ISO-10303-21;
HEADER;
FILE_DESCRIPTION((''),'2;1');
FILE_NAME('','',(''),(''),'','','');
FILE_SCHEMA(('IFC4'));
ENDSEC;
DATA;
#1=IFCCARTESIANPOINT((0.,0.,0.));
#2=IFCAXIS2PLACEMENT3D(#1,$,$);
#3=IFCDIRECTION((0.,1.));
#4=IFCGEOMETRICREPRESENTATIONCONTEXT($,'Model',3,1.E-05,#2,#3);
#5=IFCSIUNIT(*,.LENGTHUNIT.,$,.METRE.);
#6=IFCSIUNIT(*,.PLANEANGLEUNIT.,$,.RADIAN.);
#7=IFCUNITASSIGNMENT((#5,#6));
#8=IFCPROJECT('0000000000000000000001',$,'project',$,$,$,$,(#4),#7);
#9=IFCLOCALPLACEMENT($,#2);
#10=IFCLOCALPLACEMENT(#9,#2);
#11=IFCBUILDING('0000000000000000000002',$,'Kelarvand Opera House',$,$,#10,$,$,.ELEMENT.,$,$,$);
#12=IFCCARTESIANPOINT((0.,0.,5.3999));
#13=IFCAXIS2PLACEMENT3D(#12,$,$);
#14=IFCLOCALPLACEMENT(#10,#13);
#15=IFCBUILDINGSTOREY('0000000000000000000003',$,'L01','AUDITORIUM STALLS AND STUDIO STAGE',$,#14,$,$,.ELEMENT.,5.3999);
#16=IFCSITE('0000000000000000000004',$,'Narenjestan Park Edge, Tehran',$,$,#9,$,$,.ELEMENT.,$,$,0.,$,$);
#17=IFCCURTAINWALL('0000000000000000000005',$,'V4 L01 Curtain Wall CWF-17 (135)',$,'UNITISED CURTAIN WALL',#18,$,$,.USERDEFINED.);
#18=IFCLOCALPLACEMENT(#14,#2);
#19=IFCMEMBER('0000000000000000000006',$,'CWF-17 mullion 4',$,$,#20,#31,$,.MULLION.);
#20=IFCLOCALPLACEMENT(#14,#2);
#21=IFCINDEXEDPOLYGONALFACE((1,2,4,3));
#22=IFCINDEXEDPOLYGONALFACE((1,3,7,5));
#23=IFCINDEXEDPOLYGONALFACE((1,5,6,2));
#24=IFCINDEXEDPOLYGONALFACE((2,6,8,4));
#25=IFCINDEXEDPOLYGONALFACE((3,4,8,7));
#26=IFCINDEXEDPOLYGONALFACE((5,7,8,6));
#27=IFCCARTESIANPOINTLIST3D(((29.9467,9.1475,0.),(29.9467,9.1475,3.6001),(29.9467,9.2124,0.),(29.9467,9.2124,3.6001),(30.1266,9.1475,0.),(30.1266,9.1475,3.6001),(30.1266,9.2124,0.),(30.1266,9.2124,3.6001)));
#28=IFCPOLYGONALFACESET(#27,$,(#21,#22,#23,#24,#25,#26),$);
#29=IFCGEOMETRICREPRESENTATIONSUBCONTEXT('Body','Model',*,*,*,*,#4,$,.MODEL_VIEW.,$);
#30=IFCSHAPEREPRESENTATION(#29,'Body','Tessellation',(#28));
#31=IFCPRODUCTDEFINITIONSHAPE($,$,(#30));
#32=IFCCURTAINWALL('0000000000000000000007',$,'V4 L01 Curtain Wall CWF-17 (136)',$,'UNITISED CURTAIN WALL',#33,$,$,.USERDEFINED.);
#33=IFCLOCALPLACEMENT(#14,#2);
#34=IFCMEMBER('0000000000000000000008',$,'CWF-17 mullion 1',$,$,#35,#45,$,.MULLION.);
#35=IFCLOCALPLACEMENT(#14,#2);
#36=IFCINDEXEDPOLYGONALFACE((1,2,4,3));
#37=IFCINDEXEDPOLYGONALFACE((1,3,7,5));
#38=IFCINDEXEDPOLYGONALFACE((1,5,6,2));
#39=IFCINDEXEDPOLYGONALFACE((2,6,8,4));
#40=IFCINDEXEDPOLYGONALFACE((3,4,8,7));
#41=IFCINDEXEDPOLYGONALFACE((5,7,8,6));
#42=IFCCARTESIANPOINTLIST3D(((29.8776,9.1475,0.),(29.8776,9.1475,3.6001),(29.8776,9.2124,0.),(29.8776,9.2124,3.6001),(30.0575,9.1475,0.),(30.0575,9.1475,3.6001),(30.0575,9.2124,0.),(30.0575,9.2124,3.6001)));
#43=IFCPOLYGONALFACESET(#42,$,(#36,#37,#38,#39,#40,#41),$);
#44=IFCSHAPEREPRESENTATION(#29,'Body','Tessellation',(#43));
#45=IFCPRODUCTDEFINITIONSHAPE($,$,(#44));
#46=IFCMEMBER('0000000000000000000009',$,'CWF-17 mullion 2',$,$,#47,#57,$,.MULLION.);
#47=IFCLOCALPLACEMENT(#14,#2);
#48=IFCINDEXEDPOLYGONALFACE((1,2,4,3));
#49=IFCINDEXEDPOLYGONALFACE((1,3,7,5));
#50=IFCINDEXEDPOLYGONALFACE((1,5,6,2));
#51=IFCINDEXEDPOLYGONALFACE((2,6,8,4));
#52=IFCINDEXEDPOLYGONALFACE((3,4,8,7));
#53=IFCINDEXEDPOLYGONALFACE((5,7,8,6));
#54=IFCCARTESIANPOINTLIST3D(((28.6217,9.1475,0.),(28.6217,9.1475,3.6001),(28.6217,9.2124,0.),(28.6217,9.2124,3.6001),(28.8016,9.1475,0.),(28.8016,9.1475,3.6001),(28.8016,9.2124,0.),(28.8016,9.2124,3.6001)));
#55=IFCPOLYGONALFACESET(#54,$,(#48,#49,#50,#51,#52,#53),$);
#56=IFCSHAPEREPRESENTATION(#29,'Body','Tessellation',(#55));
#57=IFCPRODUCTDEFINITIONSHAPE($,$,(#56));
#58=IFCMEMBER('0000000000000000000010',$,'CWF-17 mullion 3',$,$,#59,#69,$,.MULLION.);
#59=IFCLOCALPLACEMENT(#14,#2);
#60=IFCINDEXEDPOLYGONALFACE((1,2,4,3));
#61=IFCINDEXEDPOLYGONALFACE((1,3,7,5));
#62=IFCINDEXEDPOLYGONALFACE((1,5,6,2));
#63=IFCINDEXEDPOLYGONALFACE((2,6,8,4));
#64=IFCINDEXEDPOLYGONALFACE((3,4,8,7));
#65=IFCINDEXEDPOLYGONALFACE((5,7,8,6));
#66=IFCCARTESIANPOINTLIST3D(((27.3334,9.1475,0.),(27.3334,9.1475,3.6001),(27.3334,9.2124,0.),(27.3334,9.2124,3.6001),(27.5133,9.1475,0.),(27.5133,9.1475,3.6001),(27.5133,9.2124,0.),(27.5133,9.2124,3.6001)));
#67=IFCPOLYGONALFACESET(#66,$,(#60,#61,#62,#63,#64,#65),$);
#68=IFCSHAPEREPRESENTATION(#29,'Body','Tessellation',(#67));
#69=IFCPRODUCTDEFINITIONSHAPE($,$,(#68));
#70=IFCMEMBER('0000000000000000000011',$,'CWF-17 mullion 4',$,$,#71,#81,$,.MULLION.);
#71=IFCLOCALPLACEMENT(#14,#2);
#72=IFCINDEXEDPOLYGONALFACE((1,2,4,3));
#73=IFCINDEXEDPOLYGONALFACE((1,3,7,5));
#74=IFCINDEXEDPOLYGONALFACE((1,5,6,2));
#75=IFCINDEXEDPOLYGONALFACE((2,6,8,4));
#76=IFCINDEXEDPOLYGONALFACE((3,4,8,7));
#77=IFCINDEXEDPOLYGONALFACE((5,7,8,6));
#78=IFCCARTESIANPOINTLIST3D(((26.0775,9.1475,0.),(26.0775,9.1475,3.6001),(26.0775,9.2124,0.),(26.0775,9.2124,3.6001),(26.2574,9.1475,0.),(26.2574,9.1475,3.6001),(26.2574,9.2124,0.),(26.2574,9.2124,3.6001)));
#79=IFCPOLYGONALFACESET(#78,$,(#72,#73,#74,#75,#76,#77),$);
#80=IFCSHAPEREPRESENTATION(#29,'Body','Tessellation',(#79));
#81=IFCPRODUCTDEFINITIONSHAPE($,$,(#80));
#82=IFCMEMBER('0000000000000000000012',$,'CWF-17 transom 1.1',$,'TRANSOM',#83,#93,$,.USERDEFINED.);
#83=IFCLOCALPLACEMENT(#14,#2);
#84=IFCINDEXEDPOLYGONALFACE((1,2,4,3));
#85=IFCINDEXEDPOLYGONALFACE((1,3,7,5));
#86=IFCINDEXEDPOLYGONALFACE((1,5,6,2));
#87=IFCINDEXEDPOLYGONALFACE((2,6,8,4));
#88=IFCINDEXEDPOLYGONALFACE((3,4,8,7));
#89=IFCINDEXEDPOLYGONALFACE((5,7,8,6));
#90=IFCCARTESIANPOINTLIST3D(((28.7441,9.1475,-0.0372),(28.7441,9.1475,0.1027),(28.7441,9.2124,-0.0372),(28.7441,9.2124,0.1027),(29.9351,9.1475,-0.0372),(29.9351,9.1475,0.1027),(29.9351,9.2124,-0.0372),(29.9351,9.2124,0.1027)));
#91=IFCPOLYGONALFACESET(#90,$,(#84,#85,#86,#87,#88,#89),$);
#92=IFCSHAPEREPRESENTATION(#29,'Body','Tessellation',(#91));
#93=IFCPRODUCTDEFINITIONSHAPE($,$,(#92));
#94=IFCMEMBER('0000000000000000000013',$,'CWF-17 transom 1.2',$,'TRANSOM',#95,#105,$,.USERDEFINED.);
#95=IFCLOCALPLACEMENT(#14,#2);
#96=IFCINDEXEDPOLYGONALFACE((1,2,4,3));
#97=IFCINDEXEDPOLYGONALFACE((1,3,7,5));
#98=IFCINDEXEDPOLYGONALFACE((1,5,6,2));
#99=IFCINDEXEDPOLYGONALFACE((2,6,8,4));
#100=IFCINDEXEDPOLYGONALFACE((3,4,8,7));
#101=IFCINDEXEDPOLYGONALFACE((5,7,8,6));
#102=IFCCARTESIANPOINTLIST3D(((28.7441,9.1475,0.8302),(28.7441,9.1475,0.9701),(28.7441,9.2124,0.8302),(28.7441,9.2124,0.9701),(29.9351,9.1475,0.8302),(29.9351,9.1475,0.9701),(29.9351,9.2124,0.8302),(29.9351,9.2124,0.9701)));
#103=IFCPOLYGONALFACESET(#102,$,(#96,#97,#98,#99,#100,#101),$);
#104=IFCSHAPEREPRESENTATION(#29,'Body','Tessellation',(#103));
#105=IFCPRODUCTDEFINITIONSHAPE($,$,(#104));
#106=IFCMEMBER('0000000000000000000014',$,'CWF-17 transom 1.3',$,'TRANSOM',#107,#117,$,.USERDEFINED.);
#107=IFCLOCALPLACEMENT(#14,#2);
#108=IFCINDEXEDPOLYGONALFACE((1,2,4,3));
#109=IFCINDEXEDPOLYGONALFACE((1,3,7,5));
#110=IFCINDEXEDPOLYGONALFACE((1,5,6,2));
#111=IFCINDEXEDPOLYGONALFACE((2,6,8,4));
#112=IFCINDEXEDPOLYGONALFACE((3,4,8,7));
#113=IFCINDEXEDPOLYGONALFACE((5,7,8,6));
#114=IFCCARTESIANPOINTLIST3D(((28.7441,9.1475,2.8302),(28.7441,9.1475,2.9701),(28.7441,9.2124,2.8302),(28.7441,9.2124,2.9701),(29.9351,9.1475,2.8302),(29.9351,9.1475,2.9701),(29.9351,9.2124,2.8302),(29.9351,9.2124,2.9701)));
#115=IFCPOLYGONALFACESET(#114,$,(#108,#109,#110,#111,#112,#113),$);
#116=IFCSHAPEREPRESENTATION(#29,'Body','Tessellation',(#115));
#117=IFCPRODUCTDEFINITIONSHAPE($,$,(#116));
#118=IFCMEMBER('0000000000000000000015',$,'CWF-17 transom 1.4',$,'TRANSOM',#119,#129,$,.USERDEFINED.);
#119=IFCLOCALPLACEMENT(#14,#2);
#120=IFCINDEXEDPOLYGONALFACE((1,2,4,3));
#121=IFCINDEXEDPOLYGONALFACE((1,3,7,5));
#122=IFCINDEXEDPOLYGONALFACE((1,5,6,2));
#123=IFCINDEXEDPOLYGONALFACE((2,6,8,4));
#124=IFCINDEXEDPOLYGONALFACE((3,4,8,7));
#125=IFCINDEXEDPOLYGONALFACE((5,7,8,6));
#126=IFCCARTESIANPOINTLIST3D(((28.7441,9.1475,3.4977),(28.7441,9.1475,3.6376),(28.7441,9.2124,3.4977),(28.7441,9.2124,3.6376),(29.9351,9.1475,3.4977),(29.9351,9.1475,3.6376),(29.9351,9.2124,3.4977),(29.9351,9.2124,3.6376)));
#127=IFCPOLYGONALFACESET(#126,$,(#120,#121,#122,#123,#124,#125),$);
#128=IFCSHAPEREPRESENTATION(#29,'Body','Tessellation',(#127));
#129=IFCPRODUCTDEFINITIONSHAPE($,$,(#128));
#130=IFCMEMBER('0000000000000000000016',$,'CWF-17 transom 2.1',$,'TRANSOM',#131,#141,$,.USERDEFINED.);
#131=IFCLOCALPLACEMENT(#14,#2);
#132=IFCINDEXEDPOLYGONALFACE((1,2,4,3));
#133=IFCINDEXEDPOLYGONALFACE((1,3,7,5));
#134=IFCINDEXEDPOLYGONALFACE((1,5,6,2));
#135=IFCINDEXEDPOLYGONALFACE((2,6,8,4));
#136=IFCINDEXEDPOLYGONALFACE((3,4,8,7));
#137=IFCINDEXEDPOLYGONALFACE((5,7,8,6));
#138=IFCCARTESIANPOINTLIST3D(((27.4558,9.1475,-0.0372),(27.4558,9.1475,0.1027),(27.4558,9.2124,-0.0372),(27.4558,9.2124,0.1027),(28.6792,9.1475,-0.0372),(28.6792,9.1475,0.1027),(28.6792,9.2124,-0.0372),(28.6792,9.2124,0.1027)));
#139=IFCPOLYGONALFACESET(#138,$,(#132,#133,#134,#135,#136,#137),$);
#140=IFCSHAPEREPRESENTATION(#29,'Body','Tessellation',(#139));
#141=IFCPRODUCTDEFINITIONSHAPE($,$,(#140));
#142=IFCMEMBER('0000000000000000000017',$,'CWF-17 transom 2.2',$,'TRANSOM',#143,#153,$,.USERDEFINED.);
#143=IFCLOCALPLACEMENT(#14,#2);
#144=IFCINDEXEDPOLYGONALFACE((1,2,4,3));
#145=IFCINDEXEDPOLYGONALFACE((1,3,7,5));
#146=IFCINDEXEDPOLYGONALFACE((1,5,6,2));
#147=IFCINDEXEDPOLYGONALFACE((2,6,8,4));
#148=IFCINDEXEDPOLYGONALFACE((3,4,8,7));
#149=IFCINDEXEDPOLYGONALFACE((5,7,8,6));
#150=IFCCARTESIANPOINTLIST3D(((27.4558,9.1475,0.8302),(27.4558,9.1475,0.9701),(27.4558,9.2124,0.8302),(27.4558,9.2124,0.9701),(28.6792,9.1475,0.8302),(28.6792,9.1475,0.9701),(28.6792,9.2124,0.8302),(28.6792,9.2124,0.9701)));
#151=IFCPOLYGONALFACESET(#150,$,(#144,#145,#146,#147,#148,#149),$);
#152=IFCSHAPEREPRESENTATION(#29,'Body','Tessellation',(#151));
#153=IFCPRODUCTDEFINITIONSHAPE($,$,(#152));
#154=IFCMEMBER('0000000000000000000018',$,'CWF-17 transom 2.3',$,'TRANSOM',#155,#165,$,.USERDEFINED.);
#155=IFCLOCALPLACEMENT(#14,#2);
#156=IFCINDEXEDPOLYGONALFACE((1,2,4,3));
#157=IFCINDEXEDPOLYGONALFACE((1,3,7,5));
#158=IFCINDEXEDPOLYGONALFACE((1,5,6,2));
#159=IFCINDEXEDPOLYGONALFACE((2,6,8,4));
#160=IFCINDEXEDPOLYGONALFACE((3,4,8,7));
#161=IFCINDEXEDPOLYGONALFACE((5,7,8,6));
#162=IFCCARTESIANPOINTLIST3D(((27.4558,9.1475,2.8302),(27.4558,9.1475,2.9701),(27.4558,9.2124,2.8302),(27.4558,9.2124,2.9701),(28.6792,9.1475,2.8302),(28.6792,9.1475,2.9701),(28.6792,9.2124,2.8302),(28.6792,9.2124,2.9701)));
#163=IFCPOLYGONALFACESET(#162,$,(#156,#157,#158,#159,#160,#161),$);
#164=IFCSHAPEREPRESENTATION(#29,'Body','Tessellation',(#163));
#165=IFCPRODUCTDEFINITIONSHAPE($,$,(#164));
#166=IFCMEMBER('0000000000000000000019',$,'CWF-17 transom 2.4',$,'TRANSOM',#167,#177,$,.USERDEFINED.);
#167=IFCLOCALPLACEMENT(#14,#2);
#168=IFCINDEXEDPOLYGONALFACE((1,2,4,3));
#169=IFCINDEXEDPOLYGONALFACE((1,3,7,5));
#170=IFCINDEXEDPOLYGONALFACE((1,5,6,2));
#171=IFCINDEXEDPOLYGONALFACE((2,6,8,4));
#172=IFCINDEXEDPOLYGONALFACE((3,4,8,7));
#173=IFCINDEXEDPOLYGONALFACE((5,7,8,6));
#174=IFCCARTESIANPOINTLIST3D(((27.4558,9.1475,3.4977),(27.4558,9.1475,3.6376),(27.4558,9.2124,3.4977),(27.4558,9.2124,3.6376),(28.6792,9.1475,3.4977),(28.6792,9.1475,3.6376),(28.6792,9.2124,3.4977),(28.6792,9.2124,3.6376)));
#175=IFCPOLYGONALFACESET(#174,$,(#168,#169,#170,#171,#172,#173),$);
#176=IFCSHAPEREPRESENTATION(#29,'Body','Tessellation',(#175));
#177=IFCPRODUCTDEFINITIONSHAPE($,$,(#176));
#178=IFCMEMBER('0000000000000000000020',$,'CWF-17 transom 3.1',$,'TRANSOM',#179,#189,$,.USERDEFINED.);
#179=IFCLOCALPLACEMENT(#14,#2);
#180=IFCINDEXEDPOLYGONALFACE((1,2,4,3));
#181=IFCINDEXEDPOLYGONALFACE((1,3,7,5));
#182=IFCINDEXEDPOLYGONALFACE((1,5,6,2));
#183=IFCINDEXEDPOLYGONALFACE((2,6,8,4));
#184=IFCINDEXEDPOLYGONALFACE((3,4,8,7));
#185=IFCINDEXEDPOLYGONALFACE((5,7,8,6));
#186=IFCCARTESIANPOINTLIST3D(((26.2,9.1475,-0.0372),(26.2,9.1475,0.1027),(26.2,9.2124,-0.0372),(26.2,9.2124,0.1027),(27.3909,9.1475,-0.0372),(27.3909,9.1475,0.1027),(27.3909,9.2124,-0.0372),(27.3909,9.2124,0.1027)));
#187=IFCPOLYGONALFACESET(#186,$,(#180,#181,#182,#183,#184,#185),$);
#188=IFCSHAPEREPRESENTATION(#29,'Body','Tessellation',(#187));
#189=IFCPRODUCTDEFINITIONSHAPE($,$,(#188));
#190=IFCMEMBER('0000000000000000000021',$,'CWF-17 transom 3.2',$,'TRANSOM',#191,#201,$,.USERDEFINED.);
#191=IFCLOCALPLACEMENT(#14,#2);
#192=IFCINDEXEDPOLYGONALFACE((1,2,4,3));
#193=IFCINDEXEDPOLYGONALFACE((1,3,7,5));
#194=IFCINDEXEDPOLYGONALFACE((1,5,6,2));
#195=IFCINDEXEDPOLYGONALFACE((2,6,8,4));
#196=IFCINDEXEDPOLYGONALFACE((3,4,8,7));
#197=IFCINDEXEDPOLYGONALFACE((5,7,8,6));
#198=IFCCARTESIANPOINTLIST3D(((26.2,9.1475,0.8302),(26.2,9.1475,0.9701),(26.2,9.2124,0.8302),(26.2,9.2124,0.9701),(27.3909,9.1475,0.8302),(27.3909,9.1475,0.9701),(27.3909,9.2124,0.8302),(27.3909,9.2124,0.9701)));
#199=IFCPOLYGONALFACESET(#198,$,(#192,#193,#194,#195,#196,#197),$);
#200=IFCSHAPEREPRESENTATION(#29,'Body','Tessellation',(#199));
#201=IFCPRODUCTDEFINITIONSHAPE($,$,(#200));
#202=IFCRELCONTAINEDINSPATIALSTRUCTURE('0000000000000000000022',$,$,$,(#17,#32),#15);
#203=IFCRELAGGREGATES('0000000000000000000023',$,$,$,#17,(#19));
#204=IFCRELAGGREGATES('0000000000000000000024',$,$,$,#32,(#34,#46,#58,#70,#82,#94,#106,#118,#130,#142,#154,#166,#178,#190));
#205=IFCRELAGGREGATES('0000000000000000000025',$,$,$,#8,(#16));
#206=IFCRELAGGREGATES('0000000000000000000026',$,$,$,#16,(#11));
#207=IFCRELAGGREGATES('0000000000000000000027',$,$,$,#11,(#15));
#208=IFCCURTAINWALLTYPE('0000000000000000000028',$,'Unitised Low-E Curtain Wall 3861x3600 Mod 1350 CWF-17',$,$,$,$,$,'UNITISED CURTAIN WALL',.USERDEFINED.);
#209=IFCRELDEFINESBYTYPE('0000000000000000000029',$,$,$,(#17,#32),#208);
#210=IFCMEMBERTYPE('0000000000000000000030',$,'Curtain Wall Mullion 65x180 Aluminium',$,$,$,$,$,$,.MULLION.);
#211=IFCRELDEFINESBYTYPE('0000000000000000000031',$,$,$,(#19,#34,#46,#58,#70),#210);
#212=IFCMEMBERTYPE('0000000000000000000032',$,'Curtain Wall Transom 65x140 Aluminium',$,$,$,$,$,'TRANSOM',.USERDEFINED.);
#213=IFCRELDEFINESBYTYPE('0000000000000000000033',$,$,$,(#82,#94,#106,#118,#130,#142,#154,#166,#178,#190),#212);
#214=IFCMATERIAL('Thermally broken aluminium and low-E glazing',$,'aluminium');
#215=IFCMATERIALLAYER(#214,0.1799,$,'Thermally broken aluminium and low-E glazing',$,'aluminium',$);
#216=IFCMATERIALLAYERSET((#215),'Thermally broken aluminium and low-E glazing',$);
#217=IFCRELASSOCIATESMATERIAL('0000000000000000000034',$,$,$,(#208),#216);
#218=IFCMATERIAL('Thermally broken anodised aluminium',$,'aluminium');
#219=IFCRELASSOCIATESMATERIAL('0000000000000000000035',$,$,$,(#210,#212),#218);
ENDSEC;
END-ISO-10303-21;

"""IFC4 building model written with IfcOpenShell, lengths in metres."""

from ifc_helpers import new_model, si_unit, direction, frame, origin, origin_2d, place, context, subcontext, project, spatial, rectangle, extrude, material, layer, layer_set, material_profile, profile_set, type_object, element, aggregate, save


model = new_model("IFC4")

# Units and contexts
model_context = context("Model", 3, precision=1e-05, world=origin(), true_north=direction((0.0, 1.0)))
body_context = subcontext(model_context, "Body", "Model", "MODEL_VIEW")
ifc_project = project(units=[si_unit("LENGTHUNIT", "METRE"), si_unit("PLANEANGLEUNIT", "RADIAN")], contexts=[model_context])

# Site, building, storey
site_placement = place(None, origin())
site = spatial("IfcSite", under=ifc_project, at=site_placement, Name="Narenjestan Park Edge, Tehran", CompositionType="ELEMENT", RefElevation=0.0)
building_placement = place(site_placement, origin())
building = spatial("IfcBuilding", under=site, at=building_placement, Name="Kelarvand Opera House", CompositionType="ELEMENT")
storey_placement = place(building_placement, frame((0.0, 0.0, 5.3999)))
storey = spatial("IfcBuildingStorey", under=building, at=storey_placement, Name="L01", Description="AUDITORIUM STALLS AND STUDIO STAGE", CompositionType="ELEMENT", Elevation=5.3999)

# Curtain wall, member
ifc_material_1 = material(Name="Thermally broken aluminium and low-E glazing", Category="aluminium")
ifc_layer_1 = layer(ifc_material_1, 0.1799, Name="Thermally broken aluminium and low-E glazing", Category="aluminium")
ifc_layer_set_1 = layer_set([ifc_layer_1], Name="Thermally broken aluminium and low-E glazing")
curtain_wall_type = type_object("IfcCurtainWallType", Name="Unitised Low-E Curtain Wall 3861x3600 Mod 1350 CWF-17", ElementType="UNITISED CURTAIN WALL", PredefinedType="USERDEFINED", material=ifc_layer_set_1)
curtain_wall_1_placement = place(storey_placement, origin())
curtain_wall_1 = element("IfcCurtainWall", 1, at=curtain_wall_1_placement, inside=storey, type_object=curtain_wall_type, Name="V4 L01 Curtain Wall CWF-17 (135)", ObjectType="UNITISED CURTAIN WALL", PredefinedType="USERDEFINED")
ifc_material_2 = material(Name="Thermally broken anodised aluminium", Category="aluminium")
ifc_material_profile_1 = material_profile(ifc_material_2, rectangle(XDim=0.0649, YDim=0.1799, at=origin_2d()), Name="ALU MULLION 65x180", Category="aluminium")
ifc_profile_set_1 = profile_set([ifc_material_profile_1], Name="Thermally broken anodised aluminium")
member_type_1 = type_object("IfcMemberType", Name="Curtain Wall Mullion 65x180 Aluminium", PredefinedType="MULLION", material=ifc_profile_set_1)
member_1_placement = place(storey_placement, frame((30.0366, 9.1799, 0.0), z_axis=(0.0, 0.0, 1.0), x_axis=(0.0, -1.0, 0.0)))
member_1 = element("IfcMember", 2, at=member_1_placement, type_object=member_type_1, Name="CWF-17 mullion 4", PredefinedType="MULLION", context=body_context, shape_type="SweptSolid", body=[
    extrude(rectangle(XDim=0.0649, YDim=0.1799, at=origin_2d()), origin(), (0.0, 0.0, 1.0), 3.6001),
])

# Curtain wall, members
curtain_wall_2_placement = place(storey_placement, origin())
curtain_wall_2 = element("IfcCurtainWall", 3, at=curtain_wall_2_placement, inside=storey, type_object=curtain_wall_type, Name="V4 L01 Curtain Wall CWF-17 (136)", ObjectType="UNITISED CURTAIN WALL", PredefinedType="USERDEFINED")
member_2_placement = place(storey_placement, frame((29.9675, 9.1799, 0.0), z_axis=(0.0, 0.0, 1.0), x_axis=(0.0, -1.0, 0.0)))
member_2 = element("IfcMember", 4, at=member_2_placement, type_object=member_type_1, Name="CWF-17 mullion 1", PredefinedType="MULLION", context=body_context, shape_type="SweptSolid", body=[
    extrude(rectangle(XDim=0.0649, YDim=0.1799, at=origin_2d()), origin(), (0.0, 0.0, 1.0), 3.6001),
])
member_3_placement = place(storey_placement, frame((28.7117, 9.1799, 0.0), z_axis=(0.0, 0.0, 1.0), x_axis=(0.0, -1.0, 0.0)))
member_3 = element("IfcMember", 5, at=member_3_placement, type_object=member_type_1, Name="CWF-17 mullion 2", PredefinedType="MULLION", context=body_context, shape_type="SweptSolid", body=[
    extrude(rectangle(XDim=0.0649, YDim=0.1799, at=origin_2d()), origin(), (0.0, 0.0, 1.0), 3.6001),
])
member_4_placement = place(storey_placement, frame((27.4233, 9.1799, 0.0), z_axis=(0.0, 0.0, 1.0), x_axis=(0.0, -1.0, 0.0)))
member_4 = element("IfcMember", 6, at=member_4_placement, type_object=member_type_1, Name="CWF-17 mullion 3", PredefinedType="MULLION", context=body_context, shape_type="SweptSolid", body=[
    extrude(rectangle(XDim=0.0649, YDim=0.1799, at=origin_2d()), origin(), (0.0, 0.0, 1.0), 3.6001),
])
member_5_placement = place(storey_placement, frame((26.1675, 9.1799, 0.0), z_axis=(0.0, 0.0, 1.0), x_axis=(0.0, -1.0, 0.0)))
member_5 = element("IfcMember", 7, at=member_5_placement, type_object=member_type_1, Name="CWF-17 mullion 4", PredefinedType="MULLION", context=body_context, shape_type="SweptSolid", body=[
    extrude(rectangle(XDim=0.0649, YDim=0.1799, at=origin_2d()), origin(), (0.0, 0.0, 1.0), 3.6001),
])
ifc_material_profile_2 = material_profile(ifc_material_2, rectangle(XDim=0.0649, YDim=0.1399, at=origin_2d()), Name="ALU TRANSOM 65x140", Category="aluminium")
ifc_profile_set_2 = profile_set([ifc_material_profile_2], Name="Thermally broken anodised aluminium")
member_type_2 = type_object("IfcMemberType", Name="Curtain Wall Transom 65x140 Aluminium", ElementType="TRANSOM", PredefinedType="USERDEFINED", material=ifc_profile_set_2)
member_6_placement = place(storey_placement, frame((29.9351, 9.1799, 0.0327), z_axis=(-1.0, 0.0, 0.0), x_axis=(0.0, -1.0, 0.0)))
member_6 = element("IfcMember", 8, at=member_6_placement, type_object=member_type_2, Name="CWF-17 transom 1.1", ObjectType="TRANSOM", PredefinedType="USERDEFINED", context=body_context, shape_type="SweptSolid", body=[
    extrude(rectangle(XDim=0.0649, YDim=0.1399, at=origin_2d()), origin(), (0.0, 0.0, 1.0), 1.1909),
])
member_7_placement = place(storey_placement, frame((29.9351, 9.1799, 0.9001), z_axis=(-1.0, 0.0, 0.0), x_axis=(0.0, -1.0, 0.0)))
member_7 = element("IfcMember", 9, at=member_7_placement, type_object=member_type_2, Name="CWF-17 transom 1.2", ObjectType="TRANSOM", PredefinedType="USERDEFINED", context=body_context, shape_type="SweptSolid", body=[
    extrude(rectangle(XDim=0.0649, YDim=0.1399, at=origin_2d()), origin(), (0.0, 0.0, 1.0), 1.1909),
])
member_8_placement = place(storey_placement, frame((29.9351, 9.1799, 2.9001), z_axis=(-1.0, 0.0, 0.0), x_axis=(0.0, -1.0, 0.0)))
member_8 = element("IfcMember", 10, at=member_8_placement, type_object=member_type_2, Name="CWF-17 transom 1.3", ObjectType="TRANSOM", PredefinedType="USERDEFINED", context=body_context, shape_type="SweptSolid", body=[
    extrude(rectangle(XDim=0.0649, YDim=0.1399, at=origin_2d()), origin(), (0.0, 0.0, 1.0), 1.1909),
])
member_9_placement = place(storey_placement, frame((29.9351, 9.1799, 3.5676), z_axis=(-1.0, 0.0, 0.0), x_axis=(0.0, -1.0, 0.0)))
member_9 = element("IfcMember", 11, at=member_9_placement, type_object=member_type_2, Name="CWF-17 transom 1.4", ObjectType="TRANSOM", PredefinedType="USERDEFINED", context=body_context, shape_type="SweptSolid", body=[
    extrude(rectangle(XDim=0.0649, YDim=0.1399, at=origin_2d()), origin(), (0.0, 0.0, 1.0), 1.1909),
])
member_10_placement = place(storey_placement, frame((28.6792, 9.1799, 0.0327), z_axis=(-1.0, 0.0, 0.0), x_axis=(0.0, -1.0, 0.0)))
member_10 = element("IfcMember", 12, at=member_10_placement, type_object=member_type_2, Name="CWF-17 transom 2.1", ObjectType="TRANSOM", PredefinedType="USERDEFINED", context=body_context, shape_type="SweptSolid", body=[
    extrude(rectangle(XDim=0.0649, YDim=0.1399, at=origin_2d()), origin(), (0.0, 0.0, 1.0), 1.2234),
])
member_11_placement = place(storey_placement, frame((28.6792, 9.1799, 0.9001), z_axis=(-1.0, 0.0, 0.0), x_axis=(0.0, -1.0, 0.0)))
member_11 = element("IfcMember", 13, at=member_11_placement, type_object=member_type_2, Name="CWF-17 transom 2.2", ObjectType="TRANSOM", PredefinedType="USERDEFINED", context=body_context, shape_type="SweptSolid", body=[
    extrude(rectangle(XDim=0.0649, YDim=0.1399, at=origin_2d()), origin(), (0.0, 0.0, 1.0), 1.2234),
])
member_12_placement = place(storey_placement, frame((28.6792, 9.1799, 2.9001), z_axis=(-1.0, 0.0, 0.0), x_axis=(0.0, -1.0, 0.0)))
member_12 = element("IfcMember", 14, at=member_12_placement, type_object=member_type_2, Name="CWF-17 transom 2.3", ObjectType="TRANSOM", PredefinedType="USERDEFINED", context=body_context, shape_type="SweptSolid", body=[
    extrude(rectangle(XDim=0.0649, YDim=0.1399, at=origin_2d()), origin(), (0.0, 0.0, 1.0), 1.2234),
])
member_13_placement = place(storey_placement, frame((28.6792, 9.1799, 3.5676), z_axis=(-1.0, 0.0, 0.0), x_axis=(0.0, -1.0, 0.0)))
member_13 = element("IfcMember", 15, at=member_13_placement, type_object=member_type_2, Name="CWF-17 transom 2.4", ObjectType="TRANSOM", PredefinedType="USERDEFINED", context=body_context, shape_type="SweptSolid", body=[
    extrude(rectangle(XDim=0.0649, YDim=0.1399, at=origin_2d()), origin(), (0.0, 0.0, 1.0), 1.2234),
])
member_14_placement = place(storey_placement, frame((27.3909, 9.1799, 0.0327), z_axis=(-1.0, 0.0, 0.0), x_axis=(0.0, -1.0, 0.0)))
member_14 = element("IfcMember", 16, at=member_14_placement, type_object=member_type_2, Name="CWF-17 transom 3.1", ObjectType="TRANSOM", PredefinedType="USERDEFINED", context=body_context, shape_type="SweptSolid", body=[
    extrude(rectangle(XDim=0.0649, YDim=0.1399, at=origin_2d()), origin(), (0.0, 0.0, 1.0), 1.1909),
])
member_15_placement = place(storey_placement, frame((27.3909, 9.1799, 0.9001), z_axis=(-1.0, 0.0, 0.0), x_axis=(0.0, -1.0, 0.0)))
member_15 = element("IfcMember", 17, at=member_15_placement, type_object=member_type_2, Name="CWF-17 transom 3.2", ObjectType="TRANSOM", PredefinedType="USERDEFINED", context=body_context, shape_type="SweptSolid", body=[
    extrude(rectangle(XDim=0.0649, YDim=0.1399, at=origin_2d()), origin(), (0.0, 0.0, 1.0), 1.1909),
])

aggregate(curtain_wall_1, [member_1])
aggregate(curtain_wall_2, [member_2, member_3, member_4, member_5, member_6, member_7, member_8, member_9, member_10, member_11, member_12, member_13, member_14, member_15])

save(model, "model.ifc")
